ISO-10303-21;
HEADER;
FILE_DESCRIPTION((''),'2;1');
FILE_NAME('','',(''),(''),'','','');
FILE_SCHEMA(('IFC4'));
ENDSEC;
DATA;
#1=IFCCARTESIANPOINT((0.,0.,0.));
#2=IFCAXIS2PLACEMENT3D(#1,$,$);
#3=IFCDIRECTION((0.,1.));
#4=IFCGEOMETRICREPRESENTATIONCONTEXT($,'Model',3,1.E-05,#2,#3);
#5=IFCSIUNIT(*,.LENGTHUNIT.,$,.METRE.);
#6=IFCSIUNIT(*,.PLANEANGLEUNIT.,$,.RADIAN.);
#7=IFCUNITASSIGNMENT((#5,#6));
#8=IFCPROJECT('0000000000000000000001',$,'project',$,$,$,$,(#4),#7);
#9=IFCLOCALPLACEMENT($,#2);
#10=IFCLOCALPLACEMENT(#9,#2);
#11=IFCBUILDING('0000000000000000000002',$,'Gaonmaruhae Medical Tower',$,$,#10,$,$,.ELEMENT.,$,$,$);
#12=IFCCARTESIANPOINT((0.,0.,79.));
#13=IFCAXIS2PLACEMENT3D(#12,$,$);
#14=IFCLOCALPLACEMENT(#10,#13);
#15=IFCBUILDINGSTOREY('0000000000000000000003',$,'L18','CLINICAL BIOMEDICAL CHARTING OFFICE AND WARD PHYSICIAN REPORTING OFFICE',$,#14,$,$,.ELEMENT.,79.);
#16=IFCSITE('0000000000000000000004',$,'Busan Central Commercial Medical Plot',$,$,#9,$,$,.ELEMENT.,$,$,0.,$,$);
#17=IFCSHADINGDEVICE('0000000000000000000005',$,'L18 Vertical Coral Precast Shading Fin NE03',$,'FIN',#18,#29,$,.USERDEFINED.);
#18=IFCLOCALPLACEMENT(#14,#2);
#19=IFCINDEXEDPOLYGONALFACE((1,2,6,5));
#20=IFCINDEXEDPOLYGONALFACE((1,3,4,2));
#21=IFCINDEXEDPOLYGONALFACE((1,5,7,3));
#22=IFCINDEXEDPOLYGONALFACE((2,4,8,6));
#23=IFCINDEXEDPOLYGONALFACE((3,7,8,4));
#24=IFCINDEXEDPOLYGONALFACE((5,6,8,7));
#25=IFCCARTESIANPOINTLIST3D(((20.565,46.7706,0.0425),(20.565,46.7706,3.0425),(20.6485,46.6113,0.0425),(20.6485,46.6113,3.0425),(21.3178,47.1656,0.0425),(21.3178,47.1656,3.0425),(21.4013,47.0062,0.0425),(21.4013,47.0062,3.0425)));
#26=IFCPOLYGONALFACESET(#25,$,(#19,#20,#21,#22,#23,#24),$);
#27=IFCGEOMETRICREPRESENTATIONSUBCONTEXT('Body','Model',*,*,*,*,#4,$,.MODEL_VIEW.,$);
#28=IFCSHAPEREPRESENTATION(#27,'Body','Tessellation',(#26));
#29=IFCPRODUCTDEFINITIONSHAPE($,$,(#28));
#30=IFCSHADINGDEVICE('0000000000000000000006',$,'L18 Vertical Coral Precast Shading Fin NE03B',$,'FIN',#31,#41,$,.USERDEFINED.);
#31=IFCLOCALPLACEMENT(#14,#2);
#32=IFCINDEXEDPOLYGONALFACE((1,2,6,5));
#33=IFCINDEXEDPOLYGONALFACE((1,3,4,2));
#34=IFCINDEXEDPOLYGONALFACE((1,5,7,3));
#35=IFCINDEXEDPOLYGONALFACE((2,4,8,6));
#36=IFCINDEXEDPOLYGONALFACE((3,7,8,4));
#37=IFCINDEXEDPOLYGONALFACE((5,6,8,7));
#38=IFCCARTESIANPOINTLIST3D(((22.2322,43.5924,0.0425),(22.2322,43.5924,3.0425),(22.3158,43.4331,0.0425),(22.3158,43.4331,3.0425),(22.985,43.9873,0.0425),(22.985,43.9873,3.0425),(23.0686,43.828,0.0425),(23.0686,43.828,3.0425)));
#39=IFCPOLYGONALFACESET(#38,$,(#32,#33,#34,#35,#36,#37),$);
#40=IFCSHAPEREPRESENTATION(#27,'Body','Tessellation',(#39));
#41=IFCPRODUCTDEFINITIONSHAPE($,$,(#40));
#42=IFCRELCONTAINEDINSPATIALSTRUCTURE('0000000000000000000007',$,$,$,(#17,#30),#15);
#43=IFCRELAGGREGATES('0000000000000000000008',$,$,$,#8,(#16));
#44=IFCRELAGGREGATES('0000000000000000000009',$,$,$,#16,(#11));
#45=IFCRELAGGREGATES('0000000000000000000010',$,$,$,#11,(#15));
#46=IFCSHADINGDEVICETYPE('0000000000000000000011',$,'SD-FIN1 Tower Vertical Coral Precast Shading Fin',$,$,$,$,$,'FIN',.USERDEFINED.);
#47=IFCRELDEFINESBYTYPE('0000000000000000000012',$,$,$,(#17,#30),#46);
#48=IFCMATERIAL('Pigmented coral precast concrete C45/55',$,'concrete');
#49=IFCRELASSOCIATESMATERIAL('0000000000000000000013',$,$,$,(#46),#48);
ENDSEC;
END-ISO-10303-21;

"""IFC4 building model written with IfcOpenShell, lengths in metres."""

from ifc_helpers import new_model, si_unit, direction, frame, origin, origin_2d, place, context, subcontext, project, spatial, rectangle, extrude, material, type_object, element, save


model = new_model("IFC4")

# Units and contexts
model_context = context("Model", 3, precision=1e-05, world=origin(), true_north=direction((0.0, 1.0)))
body_context = subcontext(model_context, "Body", "Model", "MODEL_VIEW")
ifc_project = project(units=[si_unit("LENGTHUNIT", "METRE"), si_unit("PLANEANGLEUNIT", "RADIAN")], contexts=[model_context])

# Site, building, storey
site_placement = place(None, origin())
site = spatial("IfcSite", under=ifc_project, at=site_placement, Name="Busan Central Commercial Medical Plot", CompositionType="ELEMENT", RefElevation=0.0)
building_placement = place(site_placement, origin())
building = spatial("IfcBuilding", under=site, at=building_placement, Name="Gaonmaruhae Medical Tower", CompositionType="ELEMENT")
storey_placement = place(building_placement, frame((0.0, 0.0, 79.0)))
storey = spatial("IfcBuildingStorey", under=building, at=storey_placement, Name="L18", Description="CLINICAL BIOMEDICAL CHARTING OFFICE AND WARD PHYSICIAN REPORTING OFFICE", CompositionType="ELEMENT", Elevation=79.0)

# Shading devices
ifc_material_1 = material(Name="Pigmented coral precast concrete C45/55", Category="concrete")
shading_device_type = type_object("IfcShadingDeviceType", Name="SD-FIN1 Tower Vertical Coral Precast Shading Fin", ElementType="FIN", PredefinedType="USERDEFINED", material=ifc_material_1)
for number, where, z_axis, x_axis, name in (
    (1, (20.9832, 46.8884, 0.0425), (0.0, 0.0, 1.0), (0.464548, -0.885548, 0.0), "L18 Vertical Coral Precast Shading Fin NE03"),
    (2, (22.6504, 43.7102, 0.0425), (0.0, 0.0, 1.0), (0.464548, -0.885548, 0.0), "L18 Vertical Coral Precast Shading Fin NE03B"),
):
    element("IfcShadingDevice", number, at=place(storey_placement, frame(where, z_axis=z_axis, x_axis=x_axis)), inside=storey, type_object=shading_device_type, Name=name, ObjectType="FIN", PredefinedType="USERDEFINED", context=body_context, shape_type="SweptSolid", body=[
        extrude(rectangle(XDim=0.1799, YDim=0.8501, at=origin_2d()), origin(), (0.0, 0.0, 1.0), 3.0),
    ])

save(model, "model.ifc")
